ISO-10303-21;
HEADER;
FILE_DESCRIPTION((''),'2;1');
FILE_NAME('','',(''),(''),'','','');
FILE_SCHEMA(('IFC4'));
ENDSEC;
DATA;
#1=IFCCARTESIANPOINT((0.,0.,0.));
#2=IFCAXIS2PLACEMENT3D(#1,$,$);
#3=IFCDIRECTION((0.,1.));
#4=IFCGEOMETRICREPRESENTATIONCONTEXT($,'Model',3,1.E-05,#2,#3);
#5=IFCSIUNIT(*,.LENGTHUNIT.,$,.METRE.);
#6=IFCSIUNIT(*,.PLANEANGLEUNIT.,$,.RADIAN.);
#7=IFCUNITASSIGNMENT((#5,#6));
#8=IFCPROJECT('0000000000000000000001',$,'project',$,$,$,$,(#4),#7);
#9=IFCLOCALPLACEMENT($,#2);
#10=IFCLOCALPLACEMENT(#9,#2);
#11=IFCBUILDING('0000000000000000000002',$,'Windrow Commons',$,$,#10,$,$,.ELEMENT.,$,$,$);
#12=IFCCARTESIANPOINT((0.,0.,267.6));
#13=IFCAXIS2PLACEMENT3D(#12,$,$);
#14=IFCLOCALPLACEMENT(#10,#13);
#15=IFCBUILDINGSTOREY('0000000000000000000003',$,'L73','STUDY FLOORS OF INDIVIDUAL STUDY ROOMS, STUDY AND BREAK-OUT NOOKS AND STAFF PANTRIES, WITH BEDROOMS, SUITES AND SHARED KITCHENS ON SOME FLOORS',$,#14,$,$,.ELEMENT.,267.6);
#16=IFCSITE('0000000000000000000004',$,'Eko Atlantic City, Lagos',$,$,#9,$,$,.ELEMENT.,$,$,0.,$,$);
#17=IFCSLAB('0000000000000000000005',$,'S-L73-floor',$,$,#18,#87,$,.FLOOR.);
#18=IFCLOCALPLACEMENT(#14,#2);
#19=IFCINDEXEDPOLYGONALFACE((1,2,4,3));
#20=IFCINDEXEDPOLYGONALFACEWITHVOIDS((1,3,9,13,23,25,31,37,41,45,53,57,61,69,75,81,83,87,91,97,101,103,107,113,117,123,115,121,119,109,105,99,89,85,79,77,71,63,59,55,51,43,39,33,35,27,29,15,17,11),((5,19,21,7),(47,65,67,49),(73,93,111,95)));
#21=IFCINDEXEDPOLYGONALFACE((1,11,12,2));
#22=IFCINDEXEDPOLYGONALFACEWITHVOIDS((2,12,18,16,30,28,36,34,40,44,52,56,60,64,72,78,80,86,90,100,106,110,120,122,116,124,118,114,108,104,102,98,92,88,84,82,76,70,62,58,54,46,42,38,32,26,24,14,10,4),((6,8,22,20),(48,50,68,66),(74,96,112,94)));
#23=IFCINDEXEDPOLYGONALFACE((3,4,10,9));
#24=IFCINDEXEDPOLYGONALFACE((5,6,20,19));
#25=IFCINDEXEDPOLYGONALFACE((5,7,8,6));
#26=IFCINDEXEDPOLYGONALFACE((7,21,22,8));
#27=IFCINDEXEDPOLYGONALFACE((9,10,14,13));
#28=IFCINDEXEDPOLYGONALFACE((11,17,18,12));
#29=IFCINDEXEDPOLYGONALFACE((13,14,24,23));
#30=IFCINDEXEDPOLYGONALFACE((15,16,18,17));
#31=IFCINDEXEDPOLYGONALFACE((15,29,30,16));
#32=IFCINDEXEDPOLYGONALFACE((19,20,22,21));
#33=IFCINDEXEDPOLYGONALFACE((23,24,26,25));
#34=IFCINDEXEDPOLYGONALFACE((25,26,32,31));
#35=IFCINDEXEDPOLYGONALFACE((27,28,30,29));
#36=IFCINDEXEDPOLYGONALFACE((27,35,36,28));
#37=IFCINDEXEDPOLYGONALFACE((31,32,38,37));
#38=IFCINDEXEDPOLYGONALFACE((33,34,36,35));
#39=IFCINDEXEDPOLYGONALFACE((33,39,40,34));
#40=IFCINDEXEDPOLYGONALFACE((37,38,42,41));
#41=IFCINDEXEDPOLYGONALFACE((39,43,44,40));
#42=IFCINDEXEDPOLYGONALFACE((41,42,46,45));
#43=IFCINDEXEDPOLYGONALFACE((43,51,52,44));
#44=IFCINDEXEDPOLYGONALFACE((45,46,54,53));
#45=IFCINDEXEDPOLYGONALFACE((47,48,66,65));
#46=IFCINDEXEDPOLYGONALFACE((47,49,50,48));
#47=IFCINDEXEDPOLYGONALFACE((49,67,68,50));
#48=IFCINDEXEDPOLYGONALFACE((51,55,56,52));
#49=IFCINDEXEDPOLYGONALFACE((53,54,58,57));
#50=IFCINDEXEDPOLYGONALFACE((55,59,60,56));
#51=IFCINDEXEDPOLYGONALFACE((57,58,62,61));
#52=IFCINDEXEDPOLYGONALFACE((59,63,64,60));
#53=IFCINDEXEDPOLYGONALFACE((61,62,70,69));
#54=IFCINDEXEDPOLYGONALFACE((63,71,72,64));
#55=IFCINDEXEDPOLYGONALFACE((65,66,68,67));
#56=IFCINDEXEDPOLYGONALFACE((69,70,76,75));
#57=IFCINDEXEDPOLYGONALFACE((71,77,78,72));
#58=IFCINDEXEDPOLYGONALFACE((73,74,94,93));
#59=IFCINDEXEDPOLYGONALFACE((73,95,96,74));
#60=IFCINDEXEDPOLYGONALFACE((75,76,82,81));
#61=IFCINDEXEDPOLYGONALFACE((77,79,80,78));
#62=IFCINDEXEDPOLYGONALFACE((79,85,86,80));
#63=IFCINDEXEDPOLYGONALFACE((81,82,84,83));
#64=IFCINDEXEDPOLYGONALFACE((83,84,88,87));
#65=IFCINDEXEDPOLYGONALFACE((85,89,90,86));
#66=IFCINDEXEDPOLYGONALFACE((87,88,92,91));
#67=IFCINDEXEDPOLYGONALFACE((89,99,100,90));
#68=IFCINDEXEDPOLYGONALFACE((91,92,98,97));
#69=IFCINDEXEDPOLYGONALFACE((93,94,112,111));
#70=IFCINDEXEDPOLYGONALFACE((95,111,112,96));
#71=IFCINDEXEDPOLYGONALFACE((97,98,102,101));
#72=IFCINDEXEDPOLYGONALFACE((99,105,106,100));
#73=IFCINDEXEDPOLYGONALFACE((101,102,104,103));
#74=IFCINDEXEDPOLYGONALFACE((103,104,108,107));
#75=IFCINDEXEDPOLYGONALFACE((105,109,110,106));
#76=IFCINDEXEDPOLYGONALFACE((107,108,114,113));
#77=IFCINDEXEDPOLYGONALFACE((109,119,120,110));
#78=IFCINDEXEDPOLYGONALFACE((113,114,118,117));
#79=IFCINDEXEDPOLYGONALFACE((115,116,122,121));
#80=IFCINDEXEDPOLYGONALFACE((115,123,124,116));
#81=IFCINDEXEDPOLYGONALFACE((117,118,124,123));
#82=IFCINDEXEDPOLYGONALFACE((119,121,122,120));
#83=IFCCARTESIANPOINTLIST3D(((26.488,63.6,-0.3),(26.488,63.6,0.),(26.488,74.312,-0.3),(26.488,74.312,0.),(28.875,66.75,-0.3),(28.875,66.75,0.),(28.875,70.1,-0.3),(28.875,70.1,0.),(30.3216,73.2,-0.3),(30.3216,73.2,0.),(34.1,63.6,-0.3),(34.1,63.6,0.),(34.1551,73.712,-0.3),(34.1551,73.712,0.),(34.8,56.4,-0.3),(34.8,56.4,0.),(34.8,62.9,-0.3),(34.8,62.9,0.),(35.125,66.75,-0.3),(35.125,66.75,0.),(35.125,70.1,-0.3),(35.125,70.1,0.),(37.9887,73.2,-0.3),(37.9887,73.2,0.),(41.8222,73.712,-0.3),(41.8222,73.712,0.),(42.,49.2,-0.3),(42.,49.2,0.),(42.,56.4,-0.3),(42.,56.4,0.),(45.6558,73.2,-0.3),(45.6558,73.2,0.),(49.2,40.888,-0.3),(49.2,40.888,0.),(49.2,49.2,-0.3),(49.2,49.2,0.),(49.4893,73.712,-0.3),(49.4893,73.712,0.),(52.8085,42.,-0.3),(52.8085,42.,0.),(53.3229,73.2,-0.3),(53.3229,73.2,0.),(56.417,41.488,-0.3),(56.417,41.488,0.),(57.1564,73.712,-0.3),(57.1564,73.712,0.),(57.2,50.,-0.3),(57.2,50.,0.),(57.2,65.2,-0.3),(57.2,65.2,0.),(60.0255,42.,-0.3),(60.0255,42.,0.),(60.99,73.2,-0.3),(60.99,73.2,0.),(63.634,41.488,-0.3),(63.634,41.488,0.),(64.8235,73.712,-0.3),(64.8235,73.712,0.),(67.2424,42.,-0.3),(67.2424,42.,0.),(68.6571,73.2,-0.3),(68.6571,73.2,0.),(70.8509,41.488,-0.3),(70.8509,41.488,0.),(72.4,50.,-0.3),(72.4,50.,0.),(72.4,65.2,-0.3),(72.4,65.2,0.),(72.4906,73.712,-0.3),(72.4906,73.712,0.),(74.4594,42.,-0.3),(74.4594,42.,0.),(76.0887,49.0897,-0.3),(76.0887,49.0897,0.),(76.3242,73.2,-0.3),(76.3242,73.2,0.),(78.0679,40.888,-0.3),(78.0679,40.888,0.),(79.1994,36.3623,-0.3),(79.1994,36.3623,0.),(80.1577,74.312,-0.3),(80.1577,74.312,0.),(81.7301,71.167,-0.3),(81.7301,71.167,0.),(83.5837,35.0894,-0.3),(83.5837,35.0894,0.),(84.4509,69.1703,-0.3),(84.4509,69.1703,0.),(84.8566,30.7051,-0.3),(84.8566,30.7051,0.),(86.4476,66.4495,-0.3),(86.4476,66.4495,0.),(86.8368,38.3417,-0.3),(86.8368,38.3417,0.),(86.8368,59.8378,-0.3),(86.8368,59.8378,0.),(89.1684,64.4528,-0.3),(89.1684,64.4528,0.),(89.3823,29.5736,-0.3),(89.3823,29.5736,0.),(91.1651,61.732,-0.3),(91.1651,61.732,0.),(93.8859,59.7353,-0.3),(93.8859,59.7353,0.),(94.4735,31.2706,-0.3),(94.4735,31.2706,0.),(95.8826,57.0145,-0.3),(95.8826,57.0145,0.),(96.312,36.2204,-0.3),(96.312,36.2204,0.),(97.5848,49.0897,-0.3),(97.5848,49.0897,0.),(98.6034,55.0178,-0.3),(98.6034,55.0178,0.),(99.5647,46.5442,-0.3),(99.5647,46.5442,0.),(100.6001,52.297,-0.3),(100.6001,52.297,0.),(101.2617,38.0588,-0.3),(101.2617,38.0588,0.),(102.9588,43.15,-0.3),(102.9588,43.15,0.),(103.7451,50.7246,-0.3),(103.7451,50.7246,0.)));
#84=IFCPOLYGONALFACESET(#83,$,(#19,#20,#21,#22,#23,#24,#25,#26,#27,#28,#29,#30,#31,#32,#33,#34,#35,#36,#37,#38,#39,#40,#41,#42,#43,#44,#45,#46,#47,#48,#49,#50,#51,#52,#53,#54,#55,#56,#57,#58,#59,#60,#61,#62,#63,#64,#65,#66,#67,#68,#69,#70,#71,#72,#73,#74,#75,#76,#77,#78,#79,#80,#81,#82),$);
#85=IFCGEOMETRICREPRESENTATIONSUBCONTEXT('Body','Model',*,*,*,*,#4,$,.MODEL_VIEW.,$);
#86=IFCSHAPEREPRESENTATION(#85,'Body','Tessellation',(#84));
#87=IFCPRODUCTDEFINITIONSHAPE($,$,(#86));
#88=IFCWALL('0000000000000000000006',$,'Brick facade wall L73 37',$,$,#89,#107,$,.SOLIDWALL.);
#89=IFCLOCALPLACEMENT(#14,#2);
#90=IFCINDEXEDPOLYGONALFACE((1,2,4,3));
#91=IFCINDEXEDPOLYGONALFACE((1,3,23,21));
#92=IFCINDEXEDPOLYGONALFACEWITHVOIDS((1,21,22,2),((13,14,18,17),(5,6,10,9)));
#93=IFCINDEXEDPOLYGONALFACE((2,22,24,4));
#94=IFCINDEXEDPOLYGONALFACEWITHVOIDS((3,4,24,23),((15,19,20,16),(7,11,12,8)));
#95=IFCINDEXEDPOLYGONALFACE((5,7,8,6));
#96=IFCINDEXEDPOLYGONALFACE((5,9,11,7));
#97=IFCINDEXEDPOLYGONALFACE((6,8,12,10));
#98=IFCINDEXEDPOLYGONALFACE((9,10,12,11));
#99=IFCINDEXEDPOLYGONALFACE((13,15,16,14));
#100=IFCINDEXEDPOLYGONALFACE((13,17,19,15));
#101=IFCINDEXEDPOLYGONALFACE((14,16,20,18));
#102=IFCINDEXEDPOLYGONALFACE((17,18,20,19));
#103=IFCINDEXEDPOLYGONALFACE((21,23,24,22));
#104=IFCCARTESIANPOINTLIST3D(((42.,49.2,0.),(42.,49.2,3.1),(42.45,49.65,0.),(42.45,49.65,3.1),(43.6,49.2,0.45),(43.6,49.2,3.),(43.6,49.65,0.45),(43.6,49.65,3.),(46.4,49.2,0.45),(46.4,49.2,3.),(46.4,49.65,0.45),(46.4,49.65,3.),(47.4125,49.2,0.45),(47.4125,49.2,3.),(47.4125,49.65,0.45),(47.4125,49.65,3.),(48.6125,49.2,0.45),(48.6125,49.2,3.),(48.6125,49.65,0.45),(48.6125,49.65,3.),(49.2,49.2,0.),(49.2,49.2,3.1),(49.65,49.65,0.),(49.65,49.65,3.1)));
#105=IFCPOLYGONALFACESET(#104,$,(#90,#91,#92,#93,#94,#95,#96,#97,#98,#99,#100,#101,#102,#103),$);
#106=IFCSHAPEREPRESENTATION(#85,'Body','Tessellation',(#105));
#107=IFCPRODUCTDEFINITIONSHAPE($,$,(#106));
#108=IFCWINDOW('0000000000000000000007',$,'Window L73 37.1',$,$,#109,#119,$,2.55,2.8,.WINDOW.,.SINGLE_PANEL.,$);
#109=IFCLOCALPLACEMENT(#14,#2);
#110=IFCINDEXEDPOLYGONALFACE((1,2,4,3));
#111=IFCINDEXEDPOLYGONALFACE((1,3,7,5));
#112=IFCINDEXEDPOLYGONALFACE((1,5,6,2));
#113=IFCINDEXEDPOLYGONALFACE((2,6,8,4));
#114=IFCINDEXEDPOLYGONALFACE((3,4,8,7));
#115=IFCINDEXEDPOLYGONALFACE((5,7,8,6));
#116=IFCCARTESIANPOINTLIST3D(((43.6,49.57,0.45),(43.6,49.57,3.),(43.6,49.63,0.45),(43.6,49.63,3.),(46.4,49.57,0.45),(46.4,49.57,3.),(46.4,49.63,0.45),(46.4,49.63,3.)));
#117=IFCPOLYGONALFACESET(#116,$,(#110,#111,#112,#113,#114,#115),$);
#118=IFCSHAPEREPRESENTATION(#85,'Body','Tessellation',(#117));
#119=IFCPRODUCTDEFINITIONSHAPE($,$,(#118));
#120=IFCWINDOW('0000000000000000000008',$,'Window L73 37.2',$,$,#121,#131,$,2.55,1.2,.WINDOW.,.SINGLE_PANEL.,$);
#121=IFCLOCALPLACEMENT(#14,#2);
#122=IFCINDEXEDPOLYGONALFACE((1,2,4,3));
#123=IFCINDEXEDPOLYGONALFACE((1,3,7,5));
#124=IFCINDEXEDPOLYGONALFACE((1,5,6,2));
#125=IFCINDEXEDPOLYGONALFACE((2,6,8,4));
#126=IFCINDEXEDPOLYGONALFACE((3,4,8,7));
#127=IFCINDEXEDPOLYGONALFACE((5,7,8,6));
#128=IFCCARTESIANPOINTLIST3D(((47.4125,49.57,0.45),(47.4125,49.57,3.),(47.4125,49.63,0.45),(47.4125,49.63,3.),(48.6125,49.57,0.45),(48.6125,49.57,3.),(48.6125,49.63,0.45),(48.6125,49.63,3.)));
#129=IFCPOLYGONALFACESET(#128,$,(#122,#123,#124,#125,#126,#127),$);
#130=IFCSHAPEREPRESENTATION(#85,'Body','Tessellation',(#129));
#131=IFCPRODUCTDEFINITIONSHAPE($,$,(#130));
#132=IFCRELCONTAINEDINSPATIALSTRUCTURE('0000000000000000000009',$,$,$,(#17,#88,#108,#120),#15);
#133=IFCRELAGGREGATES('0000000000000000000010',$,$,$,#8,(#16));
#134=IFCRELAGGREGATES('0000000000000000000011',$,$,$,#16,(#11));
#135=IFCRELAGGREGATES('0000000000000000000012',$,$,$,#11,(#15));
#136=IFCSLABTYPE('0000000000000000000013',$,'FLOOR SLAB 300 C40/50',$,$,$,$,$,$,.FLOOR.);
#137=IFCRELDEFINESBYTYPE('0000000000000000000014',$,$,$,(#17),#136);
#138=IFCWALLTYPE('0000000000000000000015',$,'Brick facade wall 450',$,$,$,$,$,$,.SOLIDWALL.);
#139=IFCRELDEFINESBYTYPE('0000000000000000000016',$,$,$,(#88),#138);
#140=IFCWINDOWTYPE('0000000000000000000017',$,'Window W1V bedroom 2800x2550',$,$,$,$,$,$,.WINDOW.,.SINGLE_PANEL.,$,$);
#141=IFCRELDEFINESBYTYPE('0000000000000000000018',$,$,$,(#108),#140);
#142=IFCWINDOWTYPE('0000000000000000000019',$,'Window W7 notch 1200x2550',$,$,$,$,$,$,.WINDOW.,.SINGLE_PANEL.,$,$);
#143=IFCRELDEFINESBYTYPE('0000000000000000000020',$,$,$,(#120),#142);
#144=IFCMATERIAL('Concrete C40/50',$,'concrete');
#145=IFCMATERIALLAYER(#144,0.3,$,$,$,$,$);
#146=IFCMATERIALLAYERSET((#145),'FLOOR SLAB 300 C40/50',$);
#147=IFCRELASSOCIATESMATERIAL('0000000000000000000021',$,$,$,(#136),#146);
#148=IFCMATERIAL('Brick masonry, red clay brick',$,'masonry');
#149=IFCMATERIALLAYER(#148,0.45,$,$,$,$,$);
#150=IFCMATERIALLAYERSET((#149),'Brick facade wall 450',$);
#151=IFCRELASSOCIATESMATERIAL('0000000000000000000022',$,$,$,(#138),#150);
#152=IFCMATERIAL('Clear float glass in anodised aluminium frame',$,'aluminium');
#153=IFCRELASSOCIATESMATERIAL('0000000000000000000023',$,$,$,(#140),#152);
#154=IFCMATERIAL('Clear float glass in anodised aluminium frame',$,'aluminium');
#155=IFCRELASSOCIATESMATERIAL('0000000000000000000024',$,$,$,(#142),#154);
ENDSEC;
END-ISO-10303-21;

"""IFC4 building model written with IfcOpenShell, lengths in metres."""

from ifc_helpers import new_model, si_unit, direction, frame, frame_2d, origin, place, context, subcontext, project, spatial, polyline, rectangle, outline, extrude, material, layer, layer_set, type_object, element, fill, save


model = new_model("IFC4")

# Units and contexts
model_context = context("Model", 3, precision=1e-05, world=origin(), true_north=direction((0.0, 1.0)))
body_context = subcontext(model_context, "Body", "Model", "MODEL_VIEW")
ifc_project = project(units=[si_unit("LENGTHUNIT", "METRE"), si_unit("PLANEANGLEUNIT", "RADIAN")], contexts=[model_context])

# Site, building, storey
site_placement = place(None, origin())
site = spatial("IfcSite", under=ifc_project, at=site_placement, Name="Eko Atlantic City, Lagos", CompositionType="ELEMENT", RefElevation=0.0)
building_placement = place(site_placement, origin())
building = spatial("IfcBuilding", under=site, at=building_placement, Name="Windrow Commons", CompositionType="ELEMENT")
storey_placement = place(building_placement, frame((0.0, 0.0, 267.6)))
storey = spatial("IfcBuildingStorey", under=building, at=storey_placement, Name="L73", Description="STUDY FLOORS OF INDIVIDUAL STUDY ROOMS, STUDY AND BREAK-OUT NOOKS AND STAFF PANTRIES, WITH BEDROOMS, SUITES AND SHARED KITCHENS ON SOME FLOORS", CompositionType="ELEMENT", Elevation=267.6)

# Shared definitions
placement_1 = place(storey_placement, frame((0.0, 0.0, -0.3)))

# Slab, openings
ifc_material_1 = material(Name="Concrete C40/50", Category="concrete")
ifc_layer_1 = layer(ifc_material_1, 0.3)
ifc_layer_set_1 = layer_set([ifc_layer_1], Name="FLOOR SLAB 300 C40/50")
slab_type_1 = type_object("IfcSlabType", Name="FLOOR SLAB 300 C40/50", PredefinedType="FLOOR", material=ifc_layer_set_1)
slab_1 = element("IfcSlab", 1, at=placement_1, inside=storey, type_object=slab_type_1, Name="S-L73-floor", PredefinedType="FLOOR", context=body_context, shape_type="SweptSolid", body=[
    extrude(outline(polyline([(84.8566, 30.7051), (89.3823, 29.5736), (94.4735, 31.2706), (96.312, 36.2204), (101.2617, 38.0588), (102.9588, 43.15), (99.5647, 46.5442), (103.7451, 50.7246), (100.6001, 52.297), (98.6034, 55.0178), (95.8826, 57.0145), (93.8859, 59.7353), (91.1651, 61.732), (89.1684, 64.4528), (86.4476, 66.4495), (84.4509, 69.1703), (81.7301, 71.167), (80.1577, 74.312), (76.3242, 73.2), (72.4906, 73.712), (68.6571, 73.2), (64.8235, 73.712), (60.99, 73.2), (57.1564, 73.712), (53.3229, 73.2), (49.4893, 73.712), (45.6558, 73.2), (41.8222, 73.712), (37.9887, 73.2), (34.1551, 73.712), (30.3216, 73.2), (26.488, 74.312), (26.488, 63.6), (34.1, 63.6), (34.8, 62.9), (34.8, 56.4), (42.0, 56.4), (42.0, 49.2), (49.2, 49.2), (49.2, 40.888), (52.8085, 42.0), (56.417, 41.488), (60.0255, 42.0), (63.634, 41.488), (67.2424, 42.0), (70.8509, 41.488), (74.4594, 42.0), (78.0679, 40.888), (79.1994, 36.3623), (83.5837, 35.0894), (84.8566, 30.7051)]), holes=[polyline([(76.0887, 49.0897), (86.8368, 59.8378), (97.5848, 49.0897), (86.8368, 38.3417), (76.0887, 49.0897)]), polyline([(57.2, 65.2), (72.4, 65.2), (72.4, 50.0), (57.2, 50.0), (57.2, 65.2)]), polyline([(28.875, 66.75), (28.875, 70.1), (35.125, 70.1), (35.125, 66.75), (28.875, 66.75)])]), origin(), (0.0, 0.0, 1.0), 0.3),
])
opening_1_placement = place(placement_1, origin())
element("IfcOpeningElement", 2, at=opening_1_placement, cuts=slab_1, PredefinedType="OPENING", context=body_context, shape_type="SweptSolid", body=[
    extrude(outline(polyline([(76.0958, 49.0897), (86.8368, 59.8307), (97.5777, 49.0897), (86.8368, 38.3488), (76.0958, 49.0897)])), origin(), (0.0, 0.0, 1.0), 0.3),
])
opening_2_placement = place(placement_1, origin())
element("IfcOpeningElement", 3, at=opening_2_placement, cuts=slab_1, PredefinedType="OPENING", context=body_context, shape_type="SweptSolid", body=[
    extrude(outline(polyline([(57.205, 65.195), (72.395, 65.195), (72.395, 50.005), (57.205, 50.005), (57.205, 65.195)])), origin(), (0.0, 0.0, 1.0), 0.3),
])
opening_3_placement = place(placement_1, origin())
element("IfcOpeningElement", 4, at=opening_3_placement, cuts=slab_1, PredefinedType="OPENING", context=body_context, shape_type="SweptSolid", body=[
    extrude(outline(polyline([(28.88, 66.755), (28.88, 70.095), (35.12, 70.095), (35.12, 66.755), (28.88, 66.755)])), origin(), (0.0, 0.0, 1.0), 0.3),
])

# Wall, openings, windows
ifc_material_2 = material(Name="Brick masonry, red clay brick", Category="masonry")
ifc_layer_2 = layer(ifc_material_2, 0.45)
ifc_layer_set_2 = layer_set([ifc_layer_2], Name="Brick facade wall 450")
wall_type_1 = type_object("IfcWallType", Name="Brick facade wall 450", PredefinedType="SOLIDWALL", material=ifc_layer_set_2)
wall_1_placement = place(storey_placement, frame((42.225, 49.425, 0.0), z_axis=(0.0, 0.0, 1.0), x_axis=(1.0, 0.0, 0.0)))
wall_1 = element("IfcWall", 5, at=wall_1_placement, inside=storey, type_object=wall_type_1, Name="Brick facade wall L73 37", PredefinedType="SOLIDWALL", context=body_context, shape_type="SweptSolid", body=[
    extrude(outline(polyline([(-0.225, -0.225), (6.975, -0.225), (7.425, 0.225), (0.225, 0.225), (-0.225, -0.225)])), origin(), (0.0, 0.0, 1.0), 3.1),
])
opening_4_placement = place(wall_1_placement, frame((1.375, 0.0, 0.45)))
opening_4 = element("IfcOpeningElement", 6, at=opening_4_placement, cuts=wall_1, PredefinedType="OPENING", context=body_context, shape_type="SweptSolid", body=[
    extrude(rectangle(XDim=2.8, YDim=2.55, at=frame_2d((1.4, 1.275))), frame((0.0, 0.235, 0.0), z_axis=(0.0, -1.0, 0.0), x_axis=(1.0, 0.0, 0.0)), (0.0, 0.0, 1.0), 0.47),
])
opening_5_placement = place(wall_1_placement, frame((5.1875, 0.0, 0.45)))
opening_5 = element("IfcOpeningElement", 7, at=opening_5_placement, cuts=wall_1, PredefinedType="OPENING", context=body_context, shape_type="SweptSolid", body=[
    extrude(rectangle(XDim=1.2, YDim=2.55, at=frame_2d((0.6, 1.275))), frame((0.0, 0.235, 0.0), z_axis=(0.0, -1.0, 0.0), x_axis=(1.0, 0.0, 0.0)), (0.0, 0.0, 1.0), 0.47),
])
ifc_material_3 = material(Name="Clear float glass in anodised aluminium frame", Category="aluminium")
window_type_1 = type_object("IfcWindowType", Name="Window W1V bedroom 2800x2550", PartitioningType="SINGLE_PANEL", PredefinedType="WINDOW", material=ifc_material_3)
window_1_placement = place(opening_4_placement, origin())
window_1 = element("IfcWindow", 8, at=window_1_placement, inside=storey, type_object=window_type_1, Name="Window L73 37.1", OverallHeight=2.55, OverallWidth=2.8, PartitioningType="SINGLE_PANEL", PredefinedType="WINDOW", context=body_context, shape_type="SweptSolid", body=[
    extrude(rectangle(XDim=2.8, YDim=2.55, at=frame_2d((1.4, 1.275))), frame((0.0, 0.205, 0.0), z_axis=(0.0, -1.0, 0.0), x_axis=(1.0, 0.0, 0.0)), (0.0, 0.0, 1.0), 0.06),
])
fill(opening_4, window_1)
ifc_material_4 = material(Name="Clear float glass in anodised aluminium frame", Category="aluminium")
window_type_2 = type_object("IfcWindowType", Name="Window W7 notch 1200x2550", PartitioningType="SINGLE_PANEL", PredefinedType="WINDOW", material=ifc_material_4)
window_2_placement = place(opening_5_placement, origin())
window_2 = element("IfcWindow", 9, at=window_2_placement, inside=storey, type_object=window_type_2, Name="Window L73 37.2", OverallHeight=2.55, OverallWidth=1.2, PartitioningType="SINGLE_PANEL", PredefinedType="WINDOW", context=body_context, shape_type="SweptSolid", body=[
    extrude(rectangle(XDim=1.2, YDim=2.55, at=frame_2d((0.6, 1.275))), frame((0.0, 0.205, 0.0), z_axis=(0.0, -1.0, 0.0), x_axis=(1.0, 0.0, 0.0)), (0.0, 0.0, 1.0), 0.06),
])
fill(opening_5, window_2)

save(model, "model.ifc")
